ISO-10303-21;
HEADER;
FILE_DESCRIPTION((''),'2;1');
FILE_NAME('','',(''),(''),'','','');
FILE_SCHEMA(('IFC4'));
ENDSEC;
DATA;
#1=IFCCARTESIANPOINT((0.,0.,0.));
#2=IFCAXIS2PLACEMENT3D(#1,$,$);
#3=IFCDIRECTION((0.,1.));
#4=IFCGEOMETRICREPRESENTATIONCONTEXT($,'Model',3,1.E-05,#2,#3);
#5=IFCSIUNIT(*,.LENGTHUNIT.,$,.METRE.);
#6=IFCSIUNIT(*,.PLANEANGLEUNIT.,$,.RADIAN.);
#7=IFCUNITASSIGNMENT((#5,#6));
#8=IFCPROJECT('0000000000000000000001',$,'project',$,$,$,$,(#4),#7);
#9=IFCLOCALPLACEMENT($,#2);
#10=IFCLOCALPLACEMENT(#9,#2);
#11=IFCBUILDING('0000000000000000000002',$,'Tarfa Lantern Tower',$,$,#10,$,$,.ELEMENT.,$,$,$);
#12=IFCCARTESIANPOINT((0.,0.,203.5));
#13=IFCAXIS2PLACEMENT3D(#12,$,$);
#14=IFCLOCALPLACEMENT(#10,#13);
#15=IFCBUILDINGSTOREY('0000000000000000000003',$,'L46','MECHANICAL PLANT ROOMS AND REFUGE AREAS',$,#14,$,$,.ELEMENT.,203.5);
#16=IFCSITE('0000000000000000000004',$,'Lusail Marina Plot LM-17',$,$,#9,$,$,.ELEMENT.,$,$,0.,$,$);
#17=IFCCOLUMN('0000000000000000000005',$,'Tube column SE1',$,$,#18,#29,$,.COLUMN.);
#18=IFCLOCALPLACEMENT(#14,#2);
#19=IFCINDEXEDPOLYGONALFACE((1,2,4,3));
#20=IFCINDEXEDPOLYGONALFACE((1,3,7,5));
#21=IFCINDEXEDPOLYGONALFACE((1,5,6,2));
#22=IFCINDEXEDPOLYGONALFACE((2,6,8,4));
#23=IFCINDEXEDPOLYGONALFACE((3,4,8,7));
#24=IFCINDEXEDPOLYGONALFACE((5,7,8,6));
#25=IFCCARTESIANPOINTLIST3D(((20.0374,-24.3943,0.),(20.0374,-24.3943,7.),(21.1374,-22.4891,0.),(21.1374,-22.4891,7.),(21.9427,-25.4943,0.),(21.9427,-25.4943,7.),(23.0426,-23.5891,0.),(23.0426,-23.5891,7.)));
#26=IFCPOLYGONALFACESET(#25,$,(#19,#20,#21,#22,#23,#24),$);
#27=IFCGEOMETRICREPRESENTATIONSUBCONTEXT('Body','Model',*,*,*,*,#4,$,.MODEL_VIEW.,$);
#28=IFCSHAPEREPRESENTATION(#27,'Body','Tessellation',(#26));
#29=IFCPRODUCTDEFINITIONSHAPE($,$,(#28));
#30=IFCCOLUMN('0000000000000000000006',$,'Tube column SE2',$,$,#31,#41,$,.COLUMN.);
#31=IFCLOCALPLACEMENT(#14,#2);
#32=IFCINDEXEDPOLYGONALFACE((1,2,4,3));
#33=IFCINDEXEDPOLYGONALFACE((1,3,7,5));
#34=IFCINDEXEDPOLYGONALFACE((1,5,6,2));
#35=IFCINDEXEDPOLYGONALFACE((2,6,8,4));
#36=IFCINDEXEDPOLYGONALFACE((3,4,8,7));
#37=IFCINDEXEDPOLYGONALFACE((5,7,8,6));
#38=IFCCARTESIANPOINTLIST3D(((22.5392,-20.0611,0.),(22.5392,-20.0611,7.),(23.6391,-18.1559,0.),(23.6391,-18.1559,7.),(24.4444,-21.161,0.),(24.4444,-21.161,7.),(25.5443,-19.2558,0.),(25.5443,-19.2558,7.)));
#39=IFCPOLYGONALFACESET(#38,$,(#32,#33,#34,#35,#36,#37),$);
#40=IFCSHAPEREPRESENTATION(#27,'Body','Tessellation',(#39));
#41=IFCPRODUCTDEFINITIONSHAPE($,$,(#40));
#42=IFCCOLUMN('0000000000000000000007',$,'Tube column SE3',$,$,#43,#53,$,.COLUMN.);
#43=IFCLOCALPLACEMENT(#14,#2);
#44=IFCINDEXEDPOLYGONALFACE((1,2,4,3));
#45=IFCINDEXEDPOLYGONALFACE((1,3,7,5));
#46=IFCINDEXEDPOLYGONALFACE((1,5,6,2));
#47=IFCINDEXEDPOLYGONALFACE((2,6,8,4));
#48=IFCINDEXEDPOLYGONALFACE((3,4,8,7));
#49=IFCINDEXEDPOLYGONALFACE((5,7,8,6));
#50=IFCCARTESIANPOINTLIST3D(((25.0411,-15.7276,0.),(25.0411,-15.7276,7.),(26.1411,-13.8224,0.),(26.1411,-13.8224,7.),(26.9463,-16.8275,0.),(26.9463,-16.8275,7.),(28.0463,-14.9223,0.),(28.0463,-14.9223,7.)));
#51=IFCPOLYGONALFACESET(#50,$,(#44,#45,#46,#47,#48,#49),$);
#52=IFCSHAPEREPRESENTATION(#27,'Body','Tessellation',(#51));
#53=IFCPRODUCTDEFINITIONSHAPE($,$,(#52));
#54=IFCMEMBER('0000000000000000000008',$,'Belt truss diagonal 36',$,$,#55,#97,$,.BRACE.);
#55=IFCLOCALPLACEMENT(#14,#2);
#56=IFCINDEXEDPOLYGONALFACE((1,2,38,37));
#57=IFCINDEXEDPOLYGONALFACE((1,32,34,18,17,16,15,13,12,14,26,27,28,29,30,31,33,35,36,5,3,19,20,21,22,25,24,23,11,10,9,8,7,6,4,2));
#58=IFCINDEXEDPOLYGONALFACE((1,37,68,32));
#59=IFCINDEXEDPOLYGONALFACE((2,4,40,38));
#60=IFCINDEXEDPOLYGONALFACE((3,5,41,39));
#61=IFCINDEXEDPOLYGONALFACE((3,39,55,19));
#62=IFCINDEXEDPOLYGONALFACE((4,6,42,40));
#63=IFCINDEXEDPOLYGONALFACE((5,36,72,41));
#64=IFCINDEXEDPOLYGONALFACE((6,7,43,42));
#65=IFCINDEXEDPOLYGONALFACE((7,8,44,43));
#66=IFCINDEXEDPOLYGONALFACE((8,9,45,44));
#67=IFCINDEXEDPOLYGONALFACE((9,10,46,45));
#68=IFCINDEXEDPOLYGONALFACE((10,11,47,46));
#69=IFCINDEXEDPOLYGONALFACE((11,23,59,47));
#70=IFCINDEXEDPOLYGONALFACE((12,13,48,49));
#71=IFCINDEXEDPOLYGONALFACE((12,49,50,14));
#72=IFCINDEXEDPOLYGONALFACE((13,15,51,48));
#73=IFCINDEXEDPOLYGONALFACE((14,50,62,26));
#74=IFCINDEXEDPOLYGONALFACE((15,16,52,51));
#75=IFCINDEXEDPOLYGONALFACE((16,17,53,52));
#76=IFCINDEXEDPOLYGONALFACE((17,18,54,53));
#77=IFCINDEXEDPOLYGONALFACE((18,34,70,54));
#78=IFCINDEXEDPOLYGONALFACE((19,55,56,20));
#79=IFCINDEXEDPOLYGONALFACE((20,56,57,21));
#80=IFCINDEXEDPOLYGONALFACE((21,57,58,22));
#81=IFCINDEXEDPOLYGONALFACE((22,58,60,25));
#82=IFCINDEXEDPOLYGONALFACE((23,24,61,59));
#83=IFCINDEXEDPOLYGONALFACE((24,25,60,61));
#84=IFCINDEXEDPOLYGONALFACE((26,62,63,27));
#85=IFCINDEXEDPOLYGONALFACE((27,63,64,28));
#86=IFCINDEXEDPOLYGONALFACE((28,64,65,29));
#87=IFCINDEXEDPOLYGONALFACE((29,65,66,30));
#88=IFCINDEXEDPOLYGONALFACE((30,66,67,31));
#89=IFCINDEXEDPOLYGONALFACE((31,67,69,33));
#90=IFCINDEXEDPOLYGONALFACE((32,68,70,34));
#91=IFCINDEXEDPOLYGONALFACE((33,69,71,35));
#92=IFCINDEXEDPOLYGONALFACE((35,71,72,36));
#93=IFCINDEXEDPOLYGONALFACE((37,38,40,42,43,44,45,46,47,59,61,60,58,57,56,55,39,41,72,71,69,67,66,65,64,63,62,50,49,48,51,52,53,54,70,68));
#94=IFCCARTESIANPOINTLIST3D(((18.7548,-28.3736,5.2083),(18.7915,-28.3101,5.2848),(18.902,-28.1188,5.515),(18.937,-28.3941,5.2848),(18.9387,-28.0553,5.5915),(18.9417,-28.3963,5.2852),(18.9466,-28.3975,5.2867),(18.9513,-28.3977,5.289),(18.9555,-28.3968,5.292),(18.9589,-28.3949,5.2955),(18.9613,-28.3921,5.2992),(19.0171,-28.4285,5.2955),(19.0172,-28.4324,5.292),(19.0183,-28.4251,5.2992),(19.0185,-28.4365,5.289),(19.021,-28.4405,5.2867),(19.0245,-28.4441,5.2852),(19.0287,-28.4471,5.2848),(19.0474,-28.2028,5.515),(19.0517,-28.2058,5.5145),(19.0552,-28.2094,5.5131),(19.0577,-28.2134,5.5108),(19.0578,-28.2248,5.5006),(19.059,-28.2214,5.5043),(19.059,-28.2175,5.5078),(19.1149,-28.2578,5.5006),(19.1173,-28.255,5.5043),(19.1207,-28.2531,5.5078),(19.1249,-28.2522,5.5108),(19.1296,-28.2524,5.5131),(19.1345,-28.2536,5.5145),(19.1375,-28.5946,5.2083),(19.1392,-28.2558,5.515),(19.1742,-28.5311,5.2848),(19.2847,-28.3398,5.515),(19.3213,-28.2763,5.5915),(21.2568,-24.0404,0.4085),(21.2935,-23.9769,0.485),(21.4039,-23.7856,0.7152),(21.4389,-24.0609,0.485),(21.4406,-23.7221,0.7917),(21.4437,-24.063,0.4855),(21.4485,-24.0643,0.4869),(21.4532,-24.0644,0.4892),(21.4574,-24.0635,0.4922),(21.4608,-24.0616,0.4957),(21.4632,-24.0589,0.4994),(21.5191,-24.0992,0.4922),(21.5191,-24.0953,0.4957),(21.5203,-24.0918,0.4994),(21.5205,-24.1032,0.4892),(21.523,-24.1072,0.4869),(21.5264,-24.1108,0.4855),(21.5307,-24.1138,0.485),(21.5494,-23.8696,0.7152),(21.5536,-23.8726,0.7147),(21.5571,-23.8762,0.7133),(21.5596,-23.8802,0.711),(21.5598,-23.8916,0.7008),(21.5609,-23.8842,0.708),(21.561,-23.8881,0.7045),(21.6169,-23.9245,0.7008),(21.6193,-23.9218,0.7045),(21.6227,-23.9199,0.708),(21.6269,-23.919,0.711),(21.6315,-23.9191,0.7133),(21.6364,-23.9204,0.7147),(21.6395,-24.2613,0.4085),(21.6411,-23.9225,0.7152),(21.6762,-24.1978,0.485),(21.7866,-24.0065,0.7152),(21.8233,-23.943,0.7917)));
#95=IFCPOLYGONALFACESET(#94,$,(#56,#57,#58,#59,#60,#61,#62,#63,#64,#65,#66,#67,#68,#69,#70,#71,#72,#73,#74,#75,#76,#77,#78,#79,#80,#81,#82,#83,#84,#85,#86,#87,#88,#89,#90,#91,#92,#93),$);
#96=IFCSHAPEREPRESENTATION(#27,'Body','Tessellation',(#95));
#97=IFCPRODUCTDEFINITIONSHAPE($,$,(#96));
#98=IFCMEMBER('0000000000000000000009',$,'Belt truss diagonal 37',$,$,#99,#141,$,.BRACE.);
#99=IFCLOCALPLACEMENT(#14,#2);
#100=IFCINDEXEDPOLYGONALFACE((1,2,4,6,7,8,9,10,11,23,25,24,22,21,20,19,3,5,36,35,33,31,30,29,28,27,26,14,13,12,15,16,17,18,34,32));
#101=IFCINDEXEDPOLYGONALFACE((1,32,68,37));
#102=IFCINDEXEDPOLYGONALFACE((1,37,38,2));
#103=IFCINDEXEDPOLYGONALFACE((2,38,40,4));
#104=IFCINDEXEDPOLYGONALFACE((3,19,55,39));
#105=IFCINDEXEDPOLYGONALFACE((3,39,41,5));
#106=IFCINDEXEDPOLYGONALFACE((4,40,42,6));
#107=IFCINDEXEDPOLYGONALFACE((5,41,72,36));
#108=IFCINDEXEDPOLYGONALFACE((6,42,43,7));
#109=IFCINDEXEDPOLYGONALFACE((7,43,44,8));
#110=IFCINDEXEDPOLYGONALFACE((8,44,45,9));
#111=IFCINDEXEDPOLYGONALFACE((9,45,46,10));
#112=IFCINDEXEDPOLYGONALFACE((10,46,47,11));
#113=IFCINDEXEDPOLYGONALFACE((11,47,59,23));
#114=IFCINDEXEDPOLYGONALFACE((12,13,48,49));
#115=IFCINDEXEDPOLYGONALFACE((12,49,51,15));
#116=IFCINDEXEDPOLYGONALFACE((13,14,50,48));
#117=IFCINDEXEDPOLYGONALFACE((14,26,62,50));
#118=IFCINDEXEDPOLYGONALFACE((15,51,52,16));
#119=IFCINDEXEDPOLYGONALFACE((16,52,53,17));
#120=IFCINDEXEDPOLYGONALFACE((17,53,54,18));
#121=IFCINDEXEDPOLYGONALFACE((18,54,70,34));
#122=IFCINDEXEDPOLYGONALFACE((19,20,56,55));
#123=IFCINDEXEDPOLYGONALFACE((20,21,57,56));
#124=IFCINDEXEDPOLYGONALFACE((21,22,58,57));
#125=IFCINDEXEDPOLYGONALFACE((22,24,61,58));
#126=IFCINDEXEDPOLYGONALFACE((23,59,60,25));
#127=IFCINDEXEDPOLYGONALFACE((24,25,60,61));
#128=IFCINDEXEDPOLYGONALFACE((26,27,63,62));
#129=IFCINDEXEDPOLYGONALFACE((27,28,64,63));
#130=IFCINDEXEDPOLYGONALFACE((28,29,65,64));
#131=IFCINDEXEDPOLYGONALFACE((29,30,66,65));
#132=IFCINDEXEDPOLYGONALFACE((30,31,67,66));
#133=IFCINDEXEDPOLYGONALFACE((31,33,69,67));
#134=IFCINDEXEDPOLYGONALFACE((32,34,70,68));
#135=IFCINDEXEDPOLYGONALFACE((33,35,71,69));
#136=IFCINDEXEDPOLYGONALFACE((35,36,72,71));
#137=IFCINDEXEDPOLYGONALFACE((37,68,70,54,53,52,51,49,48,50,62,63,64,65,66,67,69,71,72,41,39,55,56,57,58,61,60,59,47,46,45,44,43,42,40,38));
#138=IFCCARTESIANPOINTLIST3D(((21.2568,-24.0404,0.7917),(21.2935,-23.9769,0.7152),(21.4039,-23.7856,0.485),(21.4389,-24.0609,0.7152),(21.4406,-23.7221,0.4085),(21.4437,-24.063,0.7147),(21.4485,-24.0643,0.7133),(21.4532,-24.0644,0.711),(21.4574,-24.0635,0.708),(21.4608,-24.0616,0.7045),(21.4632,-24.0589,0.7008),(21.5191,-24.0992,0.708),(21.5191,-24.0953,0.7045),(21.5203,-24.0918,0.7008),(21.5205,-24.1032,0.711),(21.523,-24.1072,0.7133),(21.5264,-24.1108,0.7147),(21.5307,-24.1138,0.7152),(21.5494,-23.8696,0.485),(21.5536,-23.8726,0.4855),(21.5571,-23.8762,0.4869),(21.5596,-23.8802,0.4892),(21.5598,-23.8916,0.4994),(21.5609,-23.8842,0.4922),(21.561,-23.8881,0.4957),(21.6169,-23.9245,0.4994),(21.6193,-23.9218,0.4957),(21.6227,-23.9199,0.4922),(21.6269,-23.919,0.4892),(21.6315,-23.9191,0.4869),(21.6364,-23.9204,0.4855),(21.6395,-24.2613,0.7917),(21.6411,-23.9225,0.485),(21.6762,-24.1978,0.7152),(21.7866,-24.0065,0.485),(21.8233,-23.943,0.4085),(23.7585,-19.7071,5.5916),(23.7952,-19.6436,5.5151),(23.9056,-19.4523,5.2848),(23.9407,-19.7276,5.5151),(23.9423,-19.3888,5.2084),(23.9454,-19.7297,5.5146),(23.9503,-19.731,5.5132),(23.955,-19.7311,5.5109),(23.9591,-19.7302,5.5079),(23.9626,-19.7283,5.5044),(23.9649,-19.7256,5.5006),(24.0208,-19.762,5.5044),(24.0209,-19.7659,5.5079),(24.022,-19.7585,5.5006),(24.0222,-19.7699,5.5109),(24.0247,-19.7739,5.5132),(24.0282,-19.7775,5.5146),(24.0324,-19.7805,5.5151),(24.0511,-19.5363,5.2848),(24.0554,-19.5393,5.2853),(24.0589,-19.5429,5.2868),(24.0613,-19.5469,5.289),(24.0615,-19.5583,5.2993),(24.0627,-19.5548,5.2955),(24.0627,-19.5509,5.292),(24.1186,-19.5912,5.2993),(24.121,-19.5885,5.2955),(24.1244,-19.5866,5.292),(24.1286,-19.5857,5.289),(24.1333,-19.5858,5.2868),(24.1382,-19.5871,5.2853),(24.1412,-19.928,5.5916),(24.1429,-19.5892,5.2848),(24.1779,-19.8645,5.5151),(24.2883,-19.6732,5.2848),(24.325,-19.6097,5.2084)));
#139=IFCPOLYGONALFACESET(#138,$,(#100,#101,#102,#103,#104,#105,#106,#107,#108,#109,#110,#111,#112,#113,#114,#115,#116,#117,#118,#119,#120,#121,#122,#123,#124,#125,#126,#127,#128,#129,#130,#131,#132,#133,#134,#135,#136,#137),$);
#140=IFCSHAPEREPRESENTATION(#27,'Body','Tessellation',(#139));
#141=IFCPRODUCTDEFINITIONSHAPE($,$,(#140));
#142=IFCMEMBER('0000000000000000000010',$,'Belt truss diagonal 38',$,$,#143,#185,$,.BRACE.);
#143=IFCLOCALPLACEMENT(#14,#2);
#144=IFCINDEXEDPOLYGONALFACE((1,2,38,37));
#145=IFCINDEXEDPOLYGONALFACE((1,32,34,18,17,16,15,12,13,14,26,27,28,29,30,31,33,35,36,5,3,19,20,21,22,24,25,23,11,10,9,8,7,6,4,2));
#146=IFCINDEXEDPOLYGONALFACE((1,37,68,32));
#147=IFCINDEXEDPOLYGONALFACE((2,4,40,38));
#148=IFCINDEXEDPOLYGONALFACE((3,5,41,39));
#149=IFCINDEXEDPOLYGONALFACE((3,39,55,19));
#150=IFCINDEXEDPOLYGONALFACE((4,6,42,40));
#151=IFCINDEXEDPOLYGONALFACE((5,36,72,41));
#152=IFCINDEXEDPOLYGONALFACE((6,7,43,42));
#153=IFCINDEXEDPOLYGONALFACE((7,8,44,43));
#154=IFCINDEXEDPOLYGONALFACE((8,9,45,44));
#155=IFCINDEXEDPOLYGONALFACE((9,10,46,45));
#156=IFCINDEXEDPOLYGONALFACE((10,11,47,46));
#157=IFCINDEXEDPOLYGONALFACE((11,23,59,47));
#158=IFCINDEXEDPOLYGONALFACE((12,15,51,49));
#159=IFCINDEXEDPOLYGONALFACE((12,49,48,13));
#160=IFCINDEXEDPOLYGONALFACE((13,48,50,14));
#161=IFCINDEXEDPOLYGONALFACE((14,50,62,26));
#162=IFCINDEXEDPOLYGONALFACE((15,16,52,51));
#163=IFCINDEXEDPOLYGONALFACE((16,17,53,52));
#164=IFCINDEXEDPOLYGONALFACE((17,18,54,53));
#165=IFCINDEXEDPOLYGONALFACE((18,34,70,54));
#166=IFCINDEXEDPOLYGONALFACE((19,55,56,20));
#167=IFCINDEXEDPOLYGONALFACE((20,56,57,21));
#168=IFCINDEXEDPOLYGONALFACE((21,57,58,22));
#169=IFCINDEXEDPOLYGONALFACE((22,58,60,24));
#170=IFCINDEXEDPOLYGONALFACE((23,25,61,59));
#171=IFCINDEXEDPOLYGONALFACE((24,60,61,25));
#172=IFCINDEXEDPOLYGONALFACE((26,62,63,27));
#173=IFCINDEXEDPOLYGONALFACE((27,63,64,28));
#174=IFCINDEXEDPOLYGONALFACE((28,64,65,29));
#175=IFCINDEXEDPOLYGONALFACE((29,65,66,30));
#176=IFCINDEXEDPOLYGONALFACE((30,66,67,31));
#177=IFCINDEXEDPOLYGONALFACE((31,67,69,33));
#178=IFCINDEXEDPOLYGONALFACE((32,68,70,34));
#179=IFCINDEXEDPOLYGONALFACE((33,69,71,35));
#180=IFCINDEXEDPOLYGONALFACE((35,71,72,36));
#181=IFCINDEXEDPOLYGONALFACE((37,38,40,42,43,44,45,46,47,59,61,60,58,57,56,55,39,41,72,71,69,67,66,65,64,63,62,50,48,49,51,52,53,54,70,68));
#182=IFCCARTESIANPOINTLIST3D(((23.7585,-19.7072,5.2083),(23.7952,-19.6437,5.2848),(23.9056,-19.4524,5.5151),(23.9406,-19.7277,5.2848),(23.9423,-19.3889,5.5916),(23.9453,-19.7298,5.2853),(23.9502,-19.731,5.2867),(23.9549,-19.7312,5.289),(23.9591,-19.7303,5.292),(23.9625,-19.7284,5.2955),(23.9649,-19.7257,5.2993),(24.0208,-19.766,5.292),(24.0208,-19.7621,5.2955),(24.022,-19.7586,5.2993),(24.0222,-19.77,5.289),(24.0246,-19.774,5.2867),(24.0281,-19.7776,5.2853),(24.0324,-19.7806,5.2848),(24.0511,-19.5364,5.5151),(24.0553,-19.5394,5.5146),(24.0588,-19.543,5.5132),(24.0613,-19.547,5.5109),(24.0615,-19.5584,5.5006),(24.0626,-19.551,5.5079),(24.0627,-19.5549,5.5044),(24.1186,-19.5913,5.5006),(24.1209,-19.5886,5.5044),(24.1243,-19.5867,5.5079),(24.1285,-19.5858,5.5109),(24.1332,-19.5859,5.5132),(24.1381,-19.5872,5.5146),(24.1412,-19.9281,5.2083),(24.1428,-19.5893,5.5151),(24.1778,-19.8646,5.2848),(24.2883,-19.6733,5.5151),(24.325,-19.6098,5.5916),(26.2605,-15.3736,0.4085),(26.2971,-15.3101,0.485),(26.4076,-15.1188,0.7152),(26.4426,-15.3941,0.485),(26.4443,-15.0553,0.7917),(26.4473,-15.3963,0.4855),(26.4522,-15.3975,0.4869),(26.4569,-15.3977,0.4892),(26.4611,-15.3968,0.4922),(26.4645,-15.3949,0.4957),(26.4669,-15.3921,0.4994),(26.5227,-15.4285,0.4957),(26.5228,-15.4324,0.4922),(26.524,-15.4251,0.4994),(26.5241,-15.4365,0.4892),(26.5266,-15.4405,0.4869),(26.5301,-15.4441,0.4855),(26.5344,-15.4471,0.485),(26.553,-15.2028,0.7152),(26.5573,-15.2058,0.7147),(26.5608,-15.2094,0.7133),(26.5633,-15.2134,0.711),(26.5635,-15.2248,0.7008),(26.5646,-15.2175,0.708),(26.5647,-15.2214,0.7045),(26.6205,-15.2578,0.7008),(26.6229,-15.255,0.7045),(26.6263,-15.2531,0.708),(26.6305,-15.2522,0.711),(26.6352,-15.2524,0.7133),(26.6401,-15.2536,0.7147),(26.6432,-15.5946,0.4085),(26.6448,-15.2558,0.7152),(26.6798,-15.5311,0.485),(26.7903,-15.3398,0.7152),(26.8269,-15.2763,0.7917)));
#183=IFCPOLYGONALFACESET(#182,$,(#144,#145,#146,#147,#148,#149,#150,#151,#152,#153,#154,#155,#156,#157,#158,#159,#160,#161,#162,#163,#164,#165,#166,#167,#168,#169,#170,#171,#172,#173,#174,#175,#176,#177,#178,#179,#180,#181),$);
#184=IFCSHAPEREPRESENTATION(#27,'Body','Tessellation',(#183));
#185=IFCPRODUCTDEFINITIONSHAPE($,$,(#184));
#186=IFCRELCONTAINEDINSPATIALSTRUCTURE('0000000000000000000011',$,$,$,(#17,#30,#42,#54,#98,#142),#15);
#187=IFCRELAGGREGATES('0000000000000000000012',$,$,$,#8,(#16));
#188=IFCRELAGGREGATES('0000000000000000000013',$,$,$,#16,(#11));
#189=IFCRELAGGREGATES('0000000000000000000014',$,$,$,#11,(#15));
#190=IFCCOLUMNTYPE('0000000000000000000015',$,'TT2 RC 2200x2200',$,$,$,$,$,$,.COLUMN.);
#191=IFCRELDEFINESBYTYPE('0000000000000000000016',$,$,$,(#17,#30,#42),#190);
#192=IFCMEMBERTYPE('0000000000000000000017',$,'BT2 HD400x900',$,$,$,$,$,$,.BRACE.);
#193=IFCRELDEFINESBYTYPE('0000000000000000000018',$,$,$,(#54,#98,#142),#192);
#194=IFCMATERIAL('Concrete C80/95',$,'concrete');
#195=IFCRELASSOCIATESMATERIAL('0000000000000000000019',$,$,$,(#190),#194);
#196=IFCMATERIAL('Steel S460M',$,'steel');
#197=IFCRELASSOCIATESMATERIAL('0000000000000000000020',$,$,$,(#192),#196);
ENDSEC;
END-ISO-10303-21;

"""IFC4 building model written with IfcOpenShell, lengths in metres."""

from ifc_helpers import new_model, si_unit, direction, frame, origin, origin_2d, place, context, subcontext, project, spatial, rectangle, i_section, extrude, material, material_profile, profile_set, type_object, element, save


model = new_model("IFC4")

# Units and contexts
model_context = context("Model", 3, precision=1e-05, world=origin(), true_north=direction((0.0, 1.0)))
body_context = subcontext(model_context, "Body", "Model", "MODEL_VIEW")
ifc_project = project(units=[si_unit("LENGTHUNIT", "METRE"), si_unit("PLANEANGLEUNIT", "RADIAN")], contexts=[model_context])

# Site, building, storey
site_placement = place(None, origin())
site = spatial("IfcSite", under=ifc_project, at=site_placement, Name="Lusail Marina Plot LM-17", CompositionType="ELEMENT", RefElevation=0.0)
building_placement = place(site_placement, origin())
building = spatial("IfcBuilding", under=site, at=building_placement, Name="Tarfa Lantern Tower", CompositionType="ELEMENT")
storey_placement = place(building_placement, frame((0.0, 0.0, 203.5)))
storey = spatial("IfcBuildingStorey", under=building, at=storey_placement, Name="L46", Description="MECHANICAL PLANT ROOMS AND REFUGE AREAS", CompositionType="ELEMENT", Elevation=203.5)

# Columns
ifc_material_1 = material(Name="Concrete C80/95", Category="concrete")
ifc_material_profile_1 = material_profile(ifc_material_1, rectangle(XDim=2.2, YDim=2.2, at=origin_2d()), Name="RC 2200x2200")
ifc_profile_set_1 = profile_set([ifc_material_profile_1], Name="Concrete C80/95")
column_type = type_object("IfcColumnType", Name="TT2 RC 2200x2200", PredefinedType="COLUMN", material=ifc_profile_set_1)
for number, where, z_axis, x_axis, name in (
    (1, (21.54, -23.9917, 0.0), (0.0, 0.0, 1.0), (0.5, 0.866025, 0.0), "Tube column SE1"),
    (2, (24.0417, -19.6584, 0.0), (0.0, 0.0, 1.0), (0.5, 0.866025, 0.0), "Tube column SE2"),
    (3, (26.5437, -15.325, 0.0), (0.0, 0.0, 1.0), (0.5, 0.866025, 0.0), "Tube column SE3"),
):
    element("IfcColumn", number, at=place(storey_placement, frame(where, z_axis=z_axis, x_axis=x_axis)), inside=storey, type_object=column_type, Name=name, PredefinedType="COLUMN", context=body_context, shape_type="SweptSolid", body=[
        extrude(rectangle(XDim=2.2, YDim=2.2, at=origin_2d()), origin(), (0.0, 0.0, 1.0), 7.0),
    ])

# Members
ifc_material_2 = material(Name="Steel S460M", Category="steel")
ifc_material_profile_2 = material_profile(ifc_material_2, i_section(OverallWidth=0.4419, OverallDepth=0.531, WebThickness=0.0659, FlangeThickness=0.106, FilletRadius=0.02, at=origin_2d()), Name="HD400x900")
ifc_profile_set_2 = profile_set([ifc_material_profile_2], Name="Steel S460M")
member_type_1 = type_object("IfcMemberType", Name="BT2 HD400x900", PredefinedType="BRACE", material=ifc_profile_set_2)
for number, where, z_axis, x_axis, name in (
    (4, (21.54, -23.9917, 0.6001), (-0.360844, -0.624963, 0.692252), (0.866013, -0.500022, 0.0), "Belt truss diagonal 36"),
    (5, (21.54, -23.9917, 0.6001), (0.360814, 0.624971, 0.692261), (-0.866034, 0.499986, 0.0), "Belt truss diagonal 37"),
):
    element("IfcMember", number, at=place(storey_placement, frame(where, z_axis=z_axis, x_axis=x_axis)), inside=storey, type_object=member_type_1, Name=name, PredefinedType="BRACE", context=body_context, shape_type="SweptSolid", body=[
        extrude(i_section(OverallWidth=0.4419, OverallDepth=0.531, WebThickness=0.0659, FlangeThickness=0.106, FilletRadius=0.02, at=origin_2d()), origin(), (0.0, 0.0, 1.0), 6.9336),
    ])
member_1_placement = place(storey_placement, frame((26.5437, -15.325, 0.6001), z_axis=(-0.360836, -0.624985, 0.692237), x_axis=(0.866025, -0.500001, 0.0)))
element("IfcMember", 6, at=member_1_placement, inside=storey, type_object=member_type_1, Name="Belt truss diagonal 38", PredefinedType="BRACE", context=body_context, shape_type="SweptSolid", body=[
    extrude(i_section(OverallWidth=0.4419, OverallDepth=0.531, WebThickness=0.0659, FlangeThickness=0.106, FilletRadius=0.02, at=origin_2d()), origin(), (0.0, 0.0, 1.0), 6.9338),
])

save(model, "model.ifc")
